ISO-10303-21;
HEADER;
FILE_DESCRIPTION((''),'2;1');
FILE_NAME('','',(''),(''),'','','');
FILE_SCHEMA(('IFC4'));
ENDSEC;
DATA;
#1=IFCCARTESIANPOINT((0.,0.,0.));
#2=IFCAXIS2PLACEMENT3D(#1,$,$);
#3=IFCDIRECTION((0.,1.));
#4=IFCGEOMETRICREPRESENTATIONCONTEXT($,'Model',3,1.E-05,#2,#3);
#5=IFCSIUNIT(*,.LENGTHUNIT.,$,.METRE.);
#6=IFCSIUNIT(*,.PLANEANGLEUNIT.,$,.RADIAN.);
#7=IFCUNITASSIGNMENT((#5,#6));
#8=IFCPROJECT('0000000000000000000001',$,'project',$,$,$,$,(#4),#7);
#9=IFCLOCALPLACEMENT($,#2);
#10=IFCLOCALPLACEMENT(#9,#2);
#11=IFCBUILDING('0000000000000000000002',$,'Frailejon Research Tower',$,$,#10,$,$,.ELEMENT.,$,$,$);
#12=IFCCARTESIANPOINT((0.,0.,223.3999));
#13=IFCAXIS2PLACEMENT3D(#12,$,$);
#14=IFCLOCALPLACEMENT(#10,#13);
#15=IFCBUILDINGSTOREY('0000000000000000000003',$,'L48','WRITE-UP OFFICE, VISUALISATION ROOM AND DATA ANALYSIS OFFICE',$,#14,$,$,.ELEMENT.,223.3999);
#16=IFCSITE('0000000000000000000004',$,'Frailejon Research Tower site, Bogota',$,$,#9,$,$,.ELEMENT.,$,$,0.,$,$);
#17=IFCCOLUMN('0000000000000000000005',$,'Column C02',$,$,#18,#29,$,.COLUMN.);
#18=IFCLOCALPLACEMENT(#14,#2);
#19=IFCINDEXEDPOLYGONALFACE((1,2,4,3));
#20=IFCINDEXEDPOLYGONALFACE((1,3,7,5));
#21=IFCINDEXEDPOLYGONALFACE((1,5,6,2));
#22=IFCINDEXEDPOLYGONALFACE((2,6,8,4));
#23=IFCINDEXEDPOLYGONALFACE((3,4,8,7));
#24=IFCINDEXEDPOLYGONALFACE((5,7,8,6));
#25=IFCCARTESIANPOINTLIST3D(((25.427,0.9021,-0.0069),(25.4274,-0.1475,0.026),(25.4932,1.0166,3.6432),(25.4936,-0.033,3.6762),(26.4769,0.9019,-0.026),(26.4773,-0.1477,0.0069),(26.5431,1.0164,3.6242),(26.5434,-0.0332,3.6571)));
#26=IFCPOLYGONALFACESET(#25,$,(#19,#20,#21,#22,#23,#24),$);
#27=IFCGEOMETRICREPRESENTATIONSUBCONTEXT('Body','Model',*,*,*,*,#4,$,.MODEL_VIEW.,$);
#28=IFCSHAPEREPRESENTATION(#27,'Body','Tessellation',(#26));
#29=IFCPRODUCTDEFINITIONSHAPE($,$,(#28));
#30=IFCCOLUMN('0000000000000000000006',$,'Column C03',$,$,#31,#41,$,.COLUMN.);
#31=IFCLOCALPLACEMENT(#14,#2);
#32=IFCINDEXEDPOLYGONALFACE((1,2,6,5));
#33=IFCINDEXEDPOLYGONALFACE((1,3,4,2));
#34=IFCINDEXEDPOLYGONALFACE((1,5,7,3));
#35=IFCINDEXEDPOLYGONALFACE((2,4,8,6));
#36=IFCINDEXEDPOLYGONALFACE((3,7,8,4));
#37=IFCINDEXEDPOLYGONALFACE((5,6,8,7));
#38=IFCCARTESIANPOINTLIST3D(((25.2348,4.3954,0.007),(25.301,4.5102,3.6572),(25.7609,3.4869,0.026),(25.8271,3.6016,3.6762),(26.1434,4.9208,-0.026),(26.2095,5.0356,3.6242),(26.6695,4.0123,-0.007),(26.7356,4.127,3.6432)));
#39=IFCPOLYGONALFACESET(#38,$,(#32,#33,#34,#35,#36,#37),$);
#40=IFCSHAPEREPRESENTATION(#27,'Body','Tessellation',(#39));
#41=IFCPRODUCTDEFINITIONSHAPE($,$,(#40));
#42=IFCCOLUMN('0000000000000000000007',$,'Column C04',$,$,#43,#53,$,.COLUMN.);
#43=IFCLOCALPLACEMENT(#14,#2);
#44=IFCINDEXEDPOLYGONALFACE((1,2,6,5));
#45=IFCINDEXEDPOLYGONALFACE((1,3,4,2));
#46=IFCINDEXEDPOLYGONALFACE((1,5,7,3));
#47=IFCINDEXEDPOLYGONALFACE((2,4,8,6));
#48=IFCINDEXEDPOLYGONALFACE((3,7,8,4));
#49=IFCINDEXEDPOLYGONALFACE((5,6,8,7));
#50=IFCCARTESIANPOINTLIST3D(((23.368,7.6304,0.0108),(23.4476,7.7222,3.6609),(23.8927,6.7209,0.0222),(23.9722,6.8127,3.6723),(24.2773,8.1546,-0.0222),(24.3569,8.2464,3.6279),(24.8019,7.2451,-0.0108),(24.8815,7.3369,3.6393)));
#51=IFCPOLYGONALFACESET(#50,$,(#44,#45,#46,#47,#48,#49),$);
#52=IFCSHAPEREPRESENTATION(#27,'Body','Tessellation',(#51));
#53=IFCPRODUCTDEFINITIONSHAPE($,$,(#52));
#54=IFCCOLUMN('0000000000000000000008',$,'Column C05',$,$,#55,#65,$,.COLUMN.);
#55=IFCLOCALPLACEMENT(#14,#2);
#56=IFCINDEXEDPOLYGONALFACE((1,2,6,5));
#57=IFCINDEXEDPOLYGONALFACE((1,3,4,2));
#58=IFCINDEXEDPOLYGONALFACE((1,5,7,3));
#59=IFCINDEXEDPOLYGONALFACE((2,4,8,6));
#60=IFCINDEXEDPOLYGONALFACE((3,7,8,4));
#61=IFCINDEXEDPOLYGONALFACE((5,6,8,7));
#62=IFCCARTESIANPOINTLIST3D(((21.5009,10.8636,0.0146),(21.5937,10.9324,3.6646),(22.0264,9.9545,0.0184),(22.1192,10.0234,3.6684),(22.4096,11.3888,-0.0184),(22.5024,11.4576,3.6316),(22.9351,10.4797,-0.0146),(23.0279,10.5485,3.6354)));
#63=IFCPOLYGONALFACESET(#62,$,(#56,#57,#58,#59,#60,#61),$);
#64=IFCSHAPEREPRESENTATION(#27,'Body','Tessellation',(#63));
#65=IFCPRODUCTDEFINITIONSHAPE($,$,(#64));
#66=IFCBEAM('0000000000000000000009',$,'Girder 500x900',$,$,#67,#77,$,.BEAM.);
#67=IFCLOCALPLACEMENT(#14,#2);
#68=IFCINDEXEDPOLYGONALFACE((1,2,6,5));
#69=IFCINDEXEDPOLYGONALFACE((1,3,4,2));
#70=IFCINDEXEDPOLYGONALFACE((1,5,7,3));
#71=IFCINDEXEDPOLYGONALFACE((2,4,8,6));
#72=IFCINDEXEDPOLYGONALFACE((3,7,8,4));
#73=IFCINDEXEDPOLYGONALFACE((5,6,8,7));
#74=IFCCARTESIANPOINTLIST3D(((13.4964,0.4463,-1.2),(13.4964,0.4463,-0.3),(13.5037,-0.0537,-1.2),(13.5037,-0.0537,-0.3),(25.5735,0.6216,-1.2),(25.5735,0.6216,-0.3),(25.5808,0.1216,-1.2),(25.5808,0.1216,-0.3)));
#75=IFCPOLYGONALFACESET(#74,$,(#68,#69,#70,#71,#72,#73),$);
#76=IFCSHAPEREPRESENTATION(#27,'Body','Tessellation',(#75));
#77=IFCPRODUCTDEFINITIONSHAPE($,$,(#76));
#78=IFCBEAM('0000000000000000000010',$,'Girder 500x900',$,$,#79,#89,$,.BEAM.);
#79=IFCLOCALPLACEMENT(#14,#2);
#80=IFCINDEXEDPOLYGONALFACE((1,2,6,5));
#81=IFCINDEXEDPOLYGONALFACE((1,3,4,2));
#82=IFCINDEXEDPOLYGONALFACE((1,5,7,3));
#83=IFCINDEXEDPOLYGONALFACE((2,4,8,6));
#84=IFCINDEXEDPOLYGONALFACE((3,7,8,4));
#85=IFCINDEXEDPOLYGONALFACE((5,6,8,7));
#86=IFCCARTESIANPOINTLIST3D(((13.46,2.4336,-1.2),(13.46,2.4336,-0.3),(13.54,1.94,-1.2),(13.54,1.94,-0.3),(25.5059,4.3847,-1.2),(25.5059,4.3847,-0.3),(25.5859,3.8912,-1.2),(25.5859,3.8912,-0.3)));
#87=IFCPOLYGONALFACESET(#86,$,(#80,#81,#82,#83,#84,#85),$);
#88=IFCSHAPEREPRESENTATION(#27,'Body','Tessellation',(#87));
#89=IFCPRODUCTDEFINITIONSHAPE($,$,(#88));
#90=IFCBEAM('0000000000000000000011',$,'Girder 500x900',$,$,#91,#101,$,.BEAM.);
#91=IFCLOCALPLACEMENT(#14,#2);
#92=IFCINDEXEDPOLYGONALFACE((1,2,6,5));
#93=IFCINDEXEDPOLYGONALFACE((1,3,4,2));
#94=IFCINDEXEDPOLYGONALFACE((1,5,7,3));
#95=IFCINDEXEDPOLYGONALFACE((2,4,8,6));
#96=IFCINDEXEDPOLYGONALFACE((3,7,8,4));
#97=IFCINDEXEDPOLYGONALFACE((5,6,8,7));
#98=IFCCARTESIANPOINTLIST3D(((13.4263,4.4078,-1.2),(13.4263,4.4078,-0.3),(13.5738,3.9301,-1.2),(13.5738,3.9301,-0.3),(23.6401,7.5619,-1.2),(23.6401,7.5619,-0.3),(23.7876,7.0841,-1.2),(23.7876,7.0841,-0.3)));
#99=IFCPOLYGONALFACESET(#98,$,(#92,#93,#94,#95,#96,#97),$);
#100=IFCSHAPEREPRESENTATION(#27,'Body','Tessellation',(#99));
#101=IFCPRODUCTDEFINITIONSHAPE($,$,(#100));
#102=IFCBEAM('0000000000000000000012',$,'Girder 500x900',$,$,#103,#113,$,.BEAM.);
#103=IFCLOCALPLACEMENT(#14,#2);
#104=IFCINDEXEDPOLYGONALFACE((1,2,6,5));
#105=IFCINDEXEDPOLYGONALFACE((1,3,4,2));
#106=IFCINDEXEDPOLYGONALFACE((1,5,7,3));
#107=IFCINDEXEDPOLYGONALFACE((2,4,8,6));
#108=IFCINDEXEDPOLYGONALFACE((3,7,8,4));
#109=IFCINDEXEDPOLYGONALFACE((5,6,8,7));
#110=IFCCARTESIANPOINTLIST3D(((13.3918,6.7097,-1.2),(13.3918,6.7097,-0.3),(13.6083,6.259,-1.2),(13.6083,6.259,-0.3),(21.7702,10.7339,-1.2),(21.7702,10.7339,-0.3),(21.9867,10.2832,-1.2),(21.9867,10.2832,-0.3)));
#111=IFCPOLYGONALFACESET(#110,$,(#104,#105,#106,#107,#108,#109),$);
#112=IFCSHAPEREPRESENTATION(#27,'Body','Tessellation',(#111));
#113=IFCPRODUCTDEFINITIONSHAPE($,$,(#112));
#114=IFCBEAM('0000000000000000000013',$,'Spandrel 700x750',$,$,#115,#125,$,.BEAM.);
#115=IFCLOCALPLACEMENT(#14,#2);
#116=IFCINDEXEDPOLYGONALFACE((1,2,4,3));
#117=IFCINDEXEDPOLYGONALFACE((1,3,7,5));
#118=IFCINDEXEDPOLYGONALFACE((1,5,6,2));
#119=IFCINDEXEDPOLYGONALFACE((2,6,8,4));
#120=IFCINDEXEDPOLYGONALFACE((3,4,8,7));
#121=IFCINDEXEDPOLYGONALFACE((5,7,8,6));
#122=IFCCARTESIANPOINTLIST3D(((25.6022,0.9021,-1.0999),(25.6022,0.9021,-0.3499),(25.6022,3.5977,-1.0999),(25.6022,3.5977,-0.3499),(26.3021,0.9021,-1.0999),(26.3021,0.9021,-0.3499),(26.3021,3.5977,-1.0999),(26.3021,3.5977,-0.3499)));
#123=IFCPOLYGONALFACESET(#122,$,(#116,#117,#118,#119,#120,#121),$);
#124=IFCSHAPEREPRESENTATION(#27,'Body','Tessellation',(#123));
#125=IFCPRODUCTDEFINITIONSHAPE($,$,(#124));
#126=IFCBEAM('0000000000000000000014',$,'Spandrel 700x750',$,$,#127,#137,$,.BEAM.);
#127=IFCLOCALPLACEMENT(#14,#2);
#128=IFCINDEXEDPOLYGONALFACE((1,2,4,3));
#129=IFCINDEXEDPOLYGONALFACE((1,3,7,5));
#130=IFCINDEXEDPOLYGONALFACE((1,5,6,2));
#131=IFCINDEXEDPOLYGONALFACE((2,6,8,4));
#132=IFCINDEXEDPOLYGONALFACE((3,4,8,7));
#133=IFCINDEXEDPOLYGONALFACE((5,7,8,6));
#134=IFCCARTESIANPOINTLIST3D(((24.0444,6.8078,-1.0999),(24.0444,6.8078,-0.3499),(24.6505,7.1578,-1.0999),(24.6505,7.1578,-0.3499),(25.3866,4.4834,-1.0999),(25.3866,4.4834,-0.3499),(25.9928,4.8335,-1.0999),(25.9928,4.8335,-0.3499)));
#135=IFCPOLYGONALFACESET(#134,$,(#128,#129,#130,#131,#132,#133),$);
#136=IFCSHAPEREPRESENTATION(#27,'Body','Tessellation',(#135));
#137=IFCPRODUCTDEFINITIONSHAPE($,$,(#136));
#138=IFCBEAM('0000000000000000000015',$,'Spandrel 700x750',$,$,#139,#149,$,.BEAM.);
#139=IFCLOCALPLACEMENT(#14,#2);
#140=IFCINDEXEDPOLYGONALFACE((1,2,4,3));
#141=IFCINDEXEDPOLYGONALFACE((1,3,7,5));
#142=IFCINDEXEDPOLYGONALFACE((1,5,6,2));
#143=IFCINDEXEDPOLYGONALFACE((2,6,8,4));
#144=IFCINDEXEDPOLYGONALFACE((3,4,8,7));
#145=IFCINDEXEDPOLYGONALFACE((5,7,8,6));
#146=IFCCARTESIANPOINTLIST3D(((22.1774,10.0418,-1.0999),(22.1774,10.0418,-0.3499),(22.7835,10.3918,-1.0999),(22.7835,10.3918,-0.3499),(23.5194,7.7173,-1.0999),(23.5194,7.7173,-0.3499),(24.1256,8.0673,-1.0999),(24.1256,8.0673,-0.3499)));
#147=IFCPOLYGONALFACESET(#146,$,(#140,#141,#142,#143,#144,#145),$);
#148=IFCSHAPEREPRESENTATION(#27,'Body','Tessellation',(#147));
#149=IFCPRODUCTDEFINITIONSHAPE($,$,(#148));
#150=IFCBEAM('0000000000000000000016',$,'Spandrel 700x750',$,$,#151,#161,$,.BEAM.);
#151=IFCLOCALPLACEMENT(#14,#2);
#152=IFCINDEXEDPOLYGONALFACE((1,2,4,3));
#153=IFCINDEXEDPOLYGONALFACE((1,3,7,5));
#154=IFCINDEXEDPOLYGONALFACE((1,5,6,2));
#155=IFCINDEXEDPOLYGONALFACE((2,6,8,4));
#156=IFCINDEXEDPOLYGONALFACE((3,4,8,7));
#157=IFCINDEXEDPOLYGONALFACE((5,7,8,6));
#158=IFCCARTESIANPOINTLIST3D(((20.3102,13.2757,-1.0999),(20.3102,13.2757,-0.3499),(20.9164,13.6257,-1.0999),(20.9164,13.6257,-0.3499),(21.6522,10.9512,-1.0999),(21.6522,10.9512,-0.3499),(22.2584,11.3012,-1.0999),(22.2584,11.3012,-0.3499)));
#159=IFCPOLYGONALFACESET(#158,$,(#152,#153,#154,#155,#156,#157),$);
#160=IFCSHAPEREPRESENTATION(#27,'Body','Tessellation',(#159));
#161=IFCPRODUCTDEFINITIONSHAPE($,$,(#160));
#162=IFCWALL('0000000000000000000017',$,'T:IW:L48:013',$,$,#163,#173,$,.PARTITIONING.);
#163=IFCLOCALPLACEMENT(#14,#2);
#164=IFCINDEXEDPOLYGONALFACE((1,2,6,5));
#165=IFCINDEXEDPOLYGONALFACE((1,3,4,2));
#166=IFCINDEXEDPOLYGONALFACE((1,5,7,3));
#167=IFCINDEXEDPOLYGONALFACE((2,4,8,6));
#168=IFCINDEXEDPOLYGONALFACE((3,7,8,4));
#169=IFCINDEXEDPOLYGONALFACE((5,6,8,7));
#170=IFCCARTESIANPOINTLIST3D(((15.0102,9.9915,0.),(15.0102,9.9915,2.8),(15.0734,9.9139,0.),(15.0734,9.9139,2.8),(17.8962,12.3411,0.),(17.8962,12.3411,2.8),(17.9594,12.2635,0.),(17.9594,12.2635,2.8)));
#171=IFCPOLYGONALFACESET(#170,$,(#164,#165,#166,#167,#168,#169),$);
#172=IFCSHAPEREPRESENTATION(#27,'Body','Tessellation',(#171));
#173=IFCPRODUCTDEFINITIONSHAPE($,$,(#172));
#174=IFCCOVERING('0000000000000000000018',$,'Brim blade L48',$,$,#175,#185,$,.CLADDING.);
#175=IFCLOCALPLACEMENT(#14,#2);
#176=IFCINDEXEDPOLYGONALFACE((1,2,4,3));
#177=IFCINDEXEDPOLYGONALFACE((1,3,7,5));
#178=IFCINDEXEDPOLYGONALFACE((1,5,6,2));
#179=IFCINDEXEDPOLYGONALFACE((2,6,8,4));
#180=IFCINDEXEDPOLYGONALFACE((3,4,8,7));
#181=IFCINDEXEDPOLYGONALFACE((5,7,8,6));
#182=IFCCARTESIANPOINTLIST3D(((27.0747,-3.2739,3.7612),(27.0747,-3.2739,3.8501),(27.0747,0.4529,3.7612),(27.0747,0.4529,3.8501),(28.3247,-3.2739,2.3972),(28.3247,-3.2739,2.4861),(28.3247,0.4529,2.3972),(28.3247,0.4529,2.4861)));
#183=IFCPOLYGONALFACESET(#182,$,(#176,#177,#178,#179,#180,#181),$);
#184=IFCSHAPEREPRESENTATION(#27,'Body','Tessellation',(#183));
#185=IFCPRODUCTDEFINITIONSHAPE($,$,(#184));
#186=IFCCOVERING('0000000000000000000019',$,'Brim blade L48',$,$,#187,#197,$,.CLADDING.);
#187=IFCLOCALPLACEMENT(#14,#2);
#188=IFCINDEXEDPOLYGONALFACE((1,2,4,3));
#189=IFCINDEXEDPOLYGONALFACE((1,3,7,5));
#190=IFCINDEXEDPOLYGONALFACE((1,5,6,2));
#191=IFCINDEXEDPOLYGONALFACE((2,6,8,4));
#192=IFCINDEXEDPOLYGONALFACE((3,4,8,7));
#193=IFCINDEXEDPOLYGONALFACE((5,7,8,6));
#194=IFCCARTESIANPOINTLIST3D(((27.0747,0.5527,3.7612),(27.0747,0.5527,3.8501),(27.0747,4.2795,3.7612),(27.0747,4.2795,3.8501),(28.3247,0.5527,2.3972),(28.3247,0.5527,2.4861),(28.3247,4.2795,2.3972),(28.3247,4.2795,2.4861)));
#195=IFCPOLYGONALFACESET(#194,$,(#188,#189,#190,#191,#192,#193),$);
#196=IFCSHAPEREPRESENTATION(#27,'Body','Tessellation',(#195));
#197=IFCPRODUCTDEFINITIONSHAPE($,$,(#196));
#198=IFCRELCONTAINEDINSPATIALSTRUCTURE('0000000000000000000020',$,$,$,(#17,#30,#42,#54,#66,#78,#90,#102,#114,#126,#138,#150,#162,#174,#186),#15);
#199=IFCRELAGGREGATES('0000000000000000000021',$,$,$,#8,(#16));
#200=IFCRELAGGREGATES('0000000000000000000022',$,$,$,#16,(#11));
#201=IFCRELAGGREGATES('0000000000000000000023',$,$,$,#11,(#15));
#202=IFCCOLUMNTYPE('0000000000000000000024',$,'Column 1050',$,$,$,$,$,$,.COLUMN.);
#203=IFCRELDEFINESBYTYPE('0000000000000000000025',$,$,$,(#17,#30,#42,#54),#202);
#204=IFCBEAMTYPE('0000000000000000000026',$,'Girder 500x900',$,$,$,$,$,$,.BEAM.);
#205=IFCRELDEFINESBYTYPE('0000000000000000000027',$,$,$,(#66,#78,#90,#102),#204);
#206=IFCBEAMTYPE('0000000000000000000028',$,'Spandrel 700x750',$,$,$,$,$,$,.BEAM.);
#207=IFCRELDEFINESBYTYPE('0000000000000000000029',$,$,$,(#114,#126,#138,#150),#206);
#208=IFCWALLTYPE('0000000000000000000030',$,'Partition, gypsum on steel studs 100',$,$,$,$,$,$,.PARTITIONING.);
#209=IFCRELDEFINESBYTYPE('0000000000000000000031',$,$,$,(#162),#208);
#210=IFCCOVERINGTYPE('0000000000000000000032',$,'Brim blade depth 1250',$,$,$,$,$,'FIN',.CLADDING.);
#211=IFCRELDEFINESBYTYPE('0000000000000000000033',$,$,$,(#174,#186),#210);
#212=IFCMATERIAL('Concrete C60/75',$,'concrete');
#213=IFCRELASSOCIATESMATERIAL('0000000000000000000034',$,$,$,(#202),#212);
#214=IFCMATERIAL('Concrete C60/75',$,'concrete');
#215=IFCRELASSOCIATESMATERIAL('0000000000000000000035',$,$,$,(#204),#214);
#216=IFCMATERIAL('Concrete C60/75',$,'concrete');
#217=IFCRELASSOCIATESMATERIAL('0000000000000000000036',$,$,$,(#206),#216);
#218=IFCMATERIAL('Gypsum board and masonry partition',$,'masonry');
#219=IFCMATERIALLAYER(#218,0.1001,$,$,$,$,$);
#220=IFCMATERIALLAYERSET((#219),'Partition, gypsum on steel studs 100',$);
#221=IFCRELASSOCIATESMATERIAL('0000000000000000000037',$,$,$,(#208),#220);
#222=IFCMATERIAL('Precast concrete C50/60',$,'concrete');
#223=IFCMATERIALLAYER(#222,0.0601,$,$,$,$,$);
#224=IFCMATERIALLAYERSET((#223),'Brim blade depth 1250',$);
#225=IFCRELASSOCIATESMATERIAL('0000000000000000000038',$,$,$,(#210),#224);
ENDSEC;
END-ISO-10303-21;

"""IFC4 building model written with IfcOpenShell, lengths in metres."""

from ifc_helpers import new_model, si_unit, direction, frame, frame_2d, origin, origin_2d, place, context, subcontext, project, spatial, polyline, rectangle, outline, extrude, material, layer, layer_set, material_profile, profile_set, type_object, element, save


model = new_model("IFC4")

# Units and contexts
model_context = context("Model", 3, precision=1e-05, world=origin(), true_north=direction((0.0, 1.0)))
body_context = subcontext(model_context, "Body", "Model", "MODEL_VIEW")
ifc_project = project(units=[si_unit("LENGTHUNIT", "METRE"), si_unit("PLANEANGLEUNIT", "RADIAN")], contexts=[model_context])

# Site, building, storey
site_placement = place(None, origin())
site = spatial("IfcSite", under=ifc_project, at=site_placement, Name="Frailejon Research Tower site, Bogota", CompositionType="ELEMENT", RefElevation=0.0)
building_placement = place(site_placement, origin())
building = spatial("IfcBuilding", under=site, at=building_placement, Name="Frailejon Research Tower", CompositionType="ELEMENT")
storey_placement = place(building_placement, frame((0.0, 0.0, 223.3999)))
storey = spatial("IfcBuildingStorey", under=building, at=storey_placement, Name="L48", Description="WRITE-UP OFFICE, VISUALISATION ROOM AND DATA ANALYSIS OFFICE", CompositionType="ELEMENT", Elevation=223.3999)

# Columns
ifc_material_1 = material(Name="Concrete C60/75", Category="concrete")
ifc_material_profile_1 = material_profile(ifc_material_1, rectangle(XDim=1.05, YDim=1.05, at=origin_2d()), Name="Column 1050")
ifc_profile_set_1 = profile_set([ifc_material_profile_1], Name="Concrete C60/75")
column_type = type_object("IfcColumnType", Name="Column 1050", PredefinedType="COLUMN", material=ifc_profile_set_1)
for number, where, z_axis, x_axis, name in (
    (1, (25.9521, 0.3772, 0.0), (0.018114, 0.031349, 0.999344), (-0.000375, 0.999508, -0.031347), "Column C02"),
    (2, (25.9521, 4.2039, 0.0), (0.018114, 0.031415, 0.999342), (-0.501041, 0.865234, -0.018118), "Column C03"),
):
    element("IfcColumn", number, at=place(storey_placement, frame(where, z_axis=z_axis, x_axis=x_axis)), inside=storey, type_object=column_type, Name=name, PredefinedType="COLUMN", context=body_context, shape_type="SweptSolid", body=[
        extrude(rectangle(XDim=1.05, YDim=1.05, at=origin_2d()), origin(), (0.0, 0.0, 1.0), 3.6526),
    ])
column_1_placement = place(storey_placement, frame((24.085, 7.4377, 0.0), z_axis=(0.021792, 0.025135, 0.999447), x_axis=(-0.499665, 0.86615, -0.010888)))
element("IfcColumn", 3, at=column_1_placement, inside=storey, type_object=column_type, Name="Column C04", PredefinedType="COLUMN", context=body_context, shape_type="SweptSolid", body=[
    extrude(rectangle(XDim=1.05, YDim=1.05, at=origin_2d()), origin(), (0.0, 0.0, 1.0), 3.6521),
])
column_2_placement = place(storey_placement, frame((22.218, 10.6716, 0.0), z_axis=(0.025404, 0.018852, 0.9995), x_axis=(-0.500492, 0.865734, -0.003608)))
element("IfcColumn", 4, at=column_2_placement, inside=storey, type_object=column_type, Name="Column C05", PredefinedType="COLUMN", context=body_context, shape_type="SweptSolid", body=[
    extrude(rectangle(XDim=1.05, YDim=1.05, at=origin_2d()), origin(), (0.0, 0.0, 1.0), 3.6519),
])

# Beams
ifc_material_2 = material(Name="Concrete C60/75", Category="concrete")
ifc_material_profile_2 = material_profile(ifc_material_2, rectangle(XDim=0.5, YDim=0.8999, at=origin_2d()), Name="Girder 500x900")
ifc_profile_set_2 = profile_set([ifc_material_profile_2], Name="Concrete C60/75")
beam_type_1 = type_object("IfcBeamType", Name="Girder 500x900", PredefinedType="BEAM", material=ifc_profile_set_2)
beam_1_placement = place(storey_placement, frame((25.5771, 0.3716, -0.75), z_axis=(-0.999895, -0.014513, 0.0), x_axis=(0.014513, -0.999895, 0.0)))
element("IfcBeam", 5, at=beam_1_placement, inside=storey, type_object=beam_type_1, Name="Girder 500x900", PredefinedType="BEAM", context=body_context, shape_type="SweptSolid", body=[
    extrude(rectangle(XDim=0.5, YDim=0.8999, at=origin_2d()), origin(), (0.0, 0.0, 1.0), 12.0784),
])
beam_2_placement = place(storey_placement, frame((25.5459, 4.1379, -0.75), z_axis=(-0.987134, -0.159894, 0.0), x_axis=(0.159894, -0.987134, 0.0)))
element("IfcBeam", 6, at=beam_2_placement, inside=storey, type_object=beam_type_1, Name="Girder 500x900", PredefinedType="BEAM", context=body_context, shape_type="SweptSolid", body=[
    extrude(rectangle(XDim=0.5, YDim=0.8999, at=origin_2d()), origin(), (0.0, 0.0, 1.0), 12.2029),
])
beam_3_placement = place(storey_placement, frame((23.7139, 7.323, -0.75), z_axis=(-0.955481, -0.295053, 0.0), x_axis=(0.295053, -0.955481, 0.0)))
element("IfcBeam", 7, at=beam_3_placement, inside=storey, type_object=beam_type_1, Name="Girder 500x900", PredefinedType="BEAM", context=body_context, shape_type="SweptSolid", body=[
    extrude(rectangle(XDim=0.5, YDim=0.8999, at=origin_2d()), origin(), (0.0, 0.0, 1.0), 10.6897),
])
beam_4_placement = place(storey_placement, frame((21.8784, 10.5085, -0.75), z_axis=(-0.901417, -0.432952, 0.0), x_axis=(0.432952, -0.901417, 0.0)))
element("IfcBeam", 8, at=beam_4_placement, inside=storey, type_object=beam_type_1, Name="Girder 500x900", PredefinedType="BEAM", context=body_context, shape_type="SweptSolid", body=[
    extrude(rectangle(XDim=0.5, YDim=0.8999, at=origin_2d()), origin(), (0.0, 0.0, 1.0), 9.2947),
])
ifc_material_3 = material(Name="Concrete C60/75", Category="concrete")
ifc_material_profile_3 = material_profile(ifc_material_3, rectangle(XDim=0.7, YDim=0.75, at=origin_2d()), Name="Spandrel 700x750")
ifc_profile_set_3 = profile_set([ifc_material_profile_3], Name="Concrete C60/75")
beam_type_2 = type_object("IfcBeamType", Name="Spandrel 700x750", PredefinedType="BEAM", material=ifc_profile_set_3)
beam_5_placement = place(storey_placement, frame((25.9521, 0.9021, -0.7249), z_axis=(0.0, 1.0, 0.0), x_axis=(-1.0, 0.0, 0.0)))
element("IfcBeam", 9, at=beam_5_placement, inside=storey, type_object=beam_type_2, Name="Spandrel 700x750", PredefinedType="BEAM", context=body_context, shape_type="SweptSolid", body=[
    extrude(rectangle(XDim=0.7, YDim=0.75, at=origin_2d()), origin(), (0.0, 0.0, 1.0), 2.6956),
])
for number, where, z_axis, x_axis, name in (
    (10, (25.6897, 4.6584, -0.7249), (-0.500071, 0.865984, 0.0), (-0.865984, -0.500071, 0.0), "Spandrel 700x750"),
    (11, (23.8225, 7.8923, -0.7249), (-0.500003, 0.866024, 0.0), (-0.866024, -0.500003, 0.0), "Spandrel 700x750"),
    (12, (21.9553, 11.1262, -0.7249), (-0.500003, 0.866024, 0.0), (-0.866024, -0.500003, 0.0), "Spandrel 700x750"),
):
    element("IfcBeam", number, at=place(storey_placement, frame(where, z_axis=z_axis, x_axis=x_axis)), inside=storey, type_object=beam_type_2, Name=name, PredefinedType="BEAM", context=body_context, shape_type="SweptSolid", body=[
        extrude(rectangle(XDim=0.7, YDim=0.75, at=origin_2d()), origin(), (0.0, 0.0, 1.0), 2.6841),
    ])

# Wall
ifc_material_4 = material(Name="Gypsum board and masonry partition", Category="masonry")
ifc_layer_1 = layer(ifc_material_4, 0.1001)
ifc_layer_set_1 = layer_set([ifc_layer_1], Name="Partition, gypsum on steel studs 100")
wall_type_1 = type_object("IfcWallType", Name="Partition, gypsum on steel studs 100", PredefinedType="PARTITIONING", material=ifc_layer_set_1)
wall_1_placement = place(storey_placement, frame((15.0417, 9.9526, 0.0), z_axis=(0.0, 0.0, 1.0), x_axis=(0.77549, 0.63136, 0.0)))
element("IfcWall", 13, at=wall_1_placement, inside=storey, type_object=wall_type_1, Name="T:IW:L48:013", PredefinedType="PARTITIONING", context=body_context, shape_type="SweptSolid", body=[
    extrude(rectangle(XDim=3.7214, YDim=0.1001, at=frame_2d((1.8608, 0.0))), origin(), (0.0, 0.0, 1.0), 2.8),
])

# Coverings
ifc_material_5 = material(Name="Precast concrete C50/60", Category="concrete")
ifc_layer_2 = layer(ifc_material_5, 0.0601)
ifc_layer_set_2 = layer_set([ifc_layer_2], Name="Brim blade depth 1250")
covering_type = type_object("IfcCoveringType", Name="Brim blade depth 1250", ElementType="FIN", PredefinedType="CLADDING", material=ifc_layer_set_2)
for number, where, z_axis, x_axis, name in (
    (14, (27.0747, 0.4529, 3.8501), (0.0, -1.0, 0.0), (1.0, 0.0, 0.0), "Brim blade L48"),
    (15, (27.0747, 4.2795, 3.8501), (0.0, -1.0, 0.0), (1.0, 0.0, 0.0), "Brim blade L48"),
):
    element("IfcCovering", number, at=place(storey_placement, frame(where, z_axis=z_axis, x_axis=x_axis)), inside=storey, type_object=covering_type, Name=name, PredefinedType="CLADDING", context=body_context, shape_type="SweptSolid", body=[
        extrude(outline(polyline([(0.0, -0.0889), (1.25, -1.4529), (1.25, -1.364), (0.0, 0.0), (0.0, -0.0889)])), origin(), (0.0, 0.0, 1.0), 3.7268),
    ])

save(model, "model.ifc")
